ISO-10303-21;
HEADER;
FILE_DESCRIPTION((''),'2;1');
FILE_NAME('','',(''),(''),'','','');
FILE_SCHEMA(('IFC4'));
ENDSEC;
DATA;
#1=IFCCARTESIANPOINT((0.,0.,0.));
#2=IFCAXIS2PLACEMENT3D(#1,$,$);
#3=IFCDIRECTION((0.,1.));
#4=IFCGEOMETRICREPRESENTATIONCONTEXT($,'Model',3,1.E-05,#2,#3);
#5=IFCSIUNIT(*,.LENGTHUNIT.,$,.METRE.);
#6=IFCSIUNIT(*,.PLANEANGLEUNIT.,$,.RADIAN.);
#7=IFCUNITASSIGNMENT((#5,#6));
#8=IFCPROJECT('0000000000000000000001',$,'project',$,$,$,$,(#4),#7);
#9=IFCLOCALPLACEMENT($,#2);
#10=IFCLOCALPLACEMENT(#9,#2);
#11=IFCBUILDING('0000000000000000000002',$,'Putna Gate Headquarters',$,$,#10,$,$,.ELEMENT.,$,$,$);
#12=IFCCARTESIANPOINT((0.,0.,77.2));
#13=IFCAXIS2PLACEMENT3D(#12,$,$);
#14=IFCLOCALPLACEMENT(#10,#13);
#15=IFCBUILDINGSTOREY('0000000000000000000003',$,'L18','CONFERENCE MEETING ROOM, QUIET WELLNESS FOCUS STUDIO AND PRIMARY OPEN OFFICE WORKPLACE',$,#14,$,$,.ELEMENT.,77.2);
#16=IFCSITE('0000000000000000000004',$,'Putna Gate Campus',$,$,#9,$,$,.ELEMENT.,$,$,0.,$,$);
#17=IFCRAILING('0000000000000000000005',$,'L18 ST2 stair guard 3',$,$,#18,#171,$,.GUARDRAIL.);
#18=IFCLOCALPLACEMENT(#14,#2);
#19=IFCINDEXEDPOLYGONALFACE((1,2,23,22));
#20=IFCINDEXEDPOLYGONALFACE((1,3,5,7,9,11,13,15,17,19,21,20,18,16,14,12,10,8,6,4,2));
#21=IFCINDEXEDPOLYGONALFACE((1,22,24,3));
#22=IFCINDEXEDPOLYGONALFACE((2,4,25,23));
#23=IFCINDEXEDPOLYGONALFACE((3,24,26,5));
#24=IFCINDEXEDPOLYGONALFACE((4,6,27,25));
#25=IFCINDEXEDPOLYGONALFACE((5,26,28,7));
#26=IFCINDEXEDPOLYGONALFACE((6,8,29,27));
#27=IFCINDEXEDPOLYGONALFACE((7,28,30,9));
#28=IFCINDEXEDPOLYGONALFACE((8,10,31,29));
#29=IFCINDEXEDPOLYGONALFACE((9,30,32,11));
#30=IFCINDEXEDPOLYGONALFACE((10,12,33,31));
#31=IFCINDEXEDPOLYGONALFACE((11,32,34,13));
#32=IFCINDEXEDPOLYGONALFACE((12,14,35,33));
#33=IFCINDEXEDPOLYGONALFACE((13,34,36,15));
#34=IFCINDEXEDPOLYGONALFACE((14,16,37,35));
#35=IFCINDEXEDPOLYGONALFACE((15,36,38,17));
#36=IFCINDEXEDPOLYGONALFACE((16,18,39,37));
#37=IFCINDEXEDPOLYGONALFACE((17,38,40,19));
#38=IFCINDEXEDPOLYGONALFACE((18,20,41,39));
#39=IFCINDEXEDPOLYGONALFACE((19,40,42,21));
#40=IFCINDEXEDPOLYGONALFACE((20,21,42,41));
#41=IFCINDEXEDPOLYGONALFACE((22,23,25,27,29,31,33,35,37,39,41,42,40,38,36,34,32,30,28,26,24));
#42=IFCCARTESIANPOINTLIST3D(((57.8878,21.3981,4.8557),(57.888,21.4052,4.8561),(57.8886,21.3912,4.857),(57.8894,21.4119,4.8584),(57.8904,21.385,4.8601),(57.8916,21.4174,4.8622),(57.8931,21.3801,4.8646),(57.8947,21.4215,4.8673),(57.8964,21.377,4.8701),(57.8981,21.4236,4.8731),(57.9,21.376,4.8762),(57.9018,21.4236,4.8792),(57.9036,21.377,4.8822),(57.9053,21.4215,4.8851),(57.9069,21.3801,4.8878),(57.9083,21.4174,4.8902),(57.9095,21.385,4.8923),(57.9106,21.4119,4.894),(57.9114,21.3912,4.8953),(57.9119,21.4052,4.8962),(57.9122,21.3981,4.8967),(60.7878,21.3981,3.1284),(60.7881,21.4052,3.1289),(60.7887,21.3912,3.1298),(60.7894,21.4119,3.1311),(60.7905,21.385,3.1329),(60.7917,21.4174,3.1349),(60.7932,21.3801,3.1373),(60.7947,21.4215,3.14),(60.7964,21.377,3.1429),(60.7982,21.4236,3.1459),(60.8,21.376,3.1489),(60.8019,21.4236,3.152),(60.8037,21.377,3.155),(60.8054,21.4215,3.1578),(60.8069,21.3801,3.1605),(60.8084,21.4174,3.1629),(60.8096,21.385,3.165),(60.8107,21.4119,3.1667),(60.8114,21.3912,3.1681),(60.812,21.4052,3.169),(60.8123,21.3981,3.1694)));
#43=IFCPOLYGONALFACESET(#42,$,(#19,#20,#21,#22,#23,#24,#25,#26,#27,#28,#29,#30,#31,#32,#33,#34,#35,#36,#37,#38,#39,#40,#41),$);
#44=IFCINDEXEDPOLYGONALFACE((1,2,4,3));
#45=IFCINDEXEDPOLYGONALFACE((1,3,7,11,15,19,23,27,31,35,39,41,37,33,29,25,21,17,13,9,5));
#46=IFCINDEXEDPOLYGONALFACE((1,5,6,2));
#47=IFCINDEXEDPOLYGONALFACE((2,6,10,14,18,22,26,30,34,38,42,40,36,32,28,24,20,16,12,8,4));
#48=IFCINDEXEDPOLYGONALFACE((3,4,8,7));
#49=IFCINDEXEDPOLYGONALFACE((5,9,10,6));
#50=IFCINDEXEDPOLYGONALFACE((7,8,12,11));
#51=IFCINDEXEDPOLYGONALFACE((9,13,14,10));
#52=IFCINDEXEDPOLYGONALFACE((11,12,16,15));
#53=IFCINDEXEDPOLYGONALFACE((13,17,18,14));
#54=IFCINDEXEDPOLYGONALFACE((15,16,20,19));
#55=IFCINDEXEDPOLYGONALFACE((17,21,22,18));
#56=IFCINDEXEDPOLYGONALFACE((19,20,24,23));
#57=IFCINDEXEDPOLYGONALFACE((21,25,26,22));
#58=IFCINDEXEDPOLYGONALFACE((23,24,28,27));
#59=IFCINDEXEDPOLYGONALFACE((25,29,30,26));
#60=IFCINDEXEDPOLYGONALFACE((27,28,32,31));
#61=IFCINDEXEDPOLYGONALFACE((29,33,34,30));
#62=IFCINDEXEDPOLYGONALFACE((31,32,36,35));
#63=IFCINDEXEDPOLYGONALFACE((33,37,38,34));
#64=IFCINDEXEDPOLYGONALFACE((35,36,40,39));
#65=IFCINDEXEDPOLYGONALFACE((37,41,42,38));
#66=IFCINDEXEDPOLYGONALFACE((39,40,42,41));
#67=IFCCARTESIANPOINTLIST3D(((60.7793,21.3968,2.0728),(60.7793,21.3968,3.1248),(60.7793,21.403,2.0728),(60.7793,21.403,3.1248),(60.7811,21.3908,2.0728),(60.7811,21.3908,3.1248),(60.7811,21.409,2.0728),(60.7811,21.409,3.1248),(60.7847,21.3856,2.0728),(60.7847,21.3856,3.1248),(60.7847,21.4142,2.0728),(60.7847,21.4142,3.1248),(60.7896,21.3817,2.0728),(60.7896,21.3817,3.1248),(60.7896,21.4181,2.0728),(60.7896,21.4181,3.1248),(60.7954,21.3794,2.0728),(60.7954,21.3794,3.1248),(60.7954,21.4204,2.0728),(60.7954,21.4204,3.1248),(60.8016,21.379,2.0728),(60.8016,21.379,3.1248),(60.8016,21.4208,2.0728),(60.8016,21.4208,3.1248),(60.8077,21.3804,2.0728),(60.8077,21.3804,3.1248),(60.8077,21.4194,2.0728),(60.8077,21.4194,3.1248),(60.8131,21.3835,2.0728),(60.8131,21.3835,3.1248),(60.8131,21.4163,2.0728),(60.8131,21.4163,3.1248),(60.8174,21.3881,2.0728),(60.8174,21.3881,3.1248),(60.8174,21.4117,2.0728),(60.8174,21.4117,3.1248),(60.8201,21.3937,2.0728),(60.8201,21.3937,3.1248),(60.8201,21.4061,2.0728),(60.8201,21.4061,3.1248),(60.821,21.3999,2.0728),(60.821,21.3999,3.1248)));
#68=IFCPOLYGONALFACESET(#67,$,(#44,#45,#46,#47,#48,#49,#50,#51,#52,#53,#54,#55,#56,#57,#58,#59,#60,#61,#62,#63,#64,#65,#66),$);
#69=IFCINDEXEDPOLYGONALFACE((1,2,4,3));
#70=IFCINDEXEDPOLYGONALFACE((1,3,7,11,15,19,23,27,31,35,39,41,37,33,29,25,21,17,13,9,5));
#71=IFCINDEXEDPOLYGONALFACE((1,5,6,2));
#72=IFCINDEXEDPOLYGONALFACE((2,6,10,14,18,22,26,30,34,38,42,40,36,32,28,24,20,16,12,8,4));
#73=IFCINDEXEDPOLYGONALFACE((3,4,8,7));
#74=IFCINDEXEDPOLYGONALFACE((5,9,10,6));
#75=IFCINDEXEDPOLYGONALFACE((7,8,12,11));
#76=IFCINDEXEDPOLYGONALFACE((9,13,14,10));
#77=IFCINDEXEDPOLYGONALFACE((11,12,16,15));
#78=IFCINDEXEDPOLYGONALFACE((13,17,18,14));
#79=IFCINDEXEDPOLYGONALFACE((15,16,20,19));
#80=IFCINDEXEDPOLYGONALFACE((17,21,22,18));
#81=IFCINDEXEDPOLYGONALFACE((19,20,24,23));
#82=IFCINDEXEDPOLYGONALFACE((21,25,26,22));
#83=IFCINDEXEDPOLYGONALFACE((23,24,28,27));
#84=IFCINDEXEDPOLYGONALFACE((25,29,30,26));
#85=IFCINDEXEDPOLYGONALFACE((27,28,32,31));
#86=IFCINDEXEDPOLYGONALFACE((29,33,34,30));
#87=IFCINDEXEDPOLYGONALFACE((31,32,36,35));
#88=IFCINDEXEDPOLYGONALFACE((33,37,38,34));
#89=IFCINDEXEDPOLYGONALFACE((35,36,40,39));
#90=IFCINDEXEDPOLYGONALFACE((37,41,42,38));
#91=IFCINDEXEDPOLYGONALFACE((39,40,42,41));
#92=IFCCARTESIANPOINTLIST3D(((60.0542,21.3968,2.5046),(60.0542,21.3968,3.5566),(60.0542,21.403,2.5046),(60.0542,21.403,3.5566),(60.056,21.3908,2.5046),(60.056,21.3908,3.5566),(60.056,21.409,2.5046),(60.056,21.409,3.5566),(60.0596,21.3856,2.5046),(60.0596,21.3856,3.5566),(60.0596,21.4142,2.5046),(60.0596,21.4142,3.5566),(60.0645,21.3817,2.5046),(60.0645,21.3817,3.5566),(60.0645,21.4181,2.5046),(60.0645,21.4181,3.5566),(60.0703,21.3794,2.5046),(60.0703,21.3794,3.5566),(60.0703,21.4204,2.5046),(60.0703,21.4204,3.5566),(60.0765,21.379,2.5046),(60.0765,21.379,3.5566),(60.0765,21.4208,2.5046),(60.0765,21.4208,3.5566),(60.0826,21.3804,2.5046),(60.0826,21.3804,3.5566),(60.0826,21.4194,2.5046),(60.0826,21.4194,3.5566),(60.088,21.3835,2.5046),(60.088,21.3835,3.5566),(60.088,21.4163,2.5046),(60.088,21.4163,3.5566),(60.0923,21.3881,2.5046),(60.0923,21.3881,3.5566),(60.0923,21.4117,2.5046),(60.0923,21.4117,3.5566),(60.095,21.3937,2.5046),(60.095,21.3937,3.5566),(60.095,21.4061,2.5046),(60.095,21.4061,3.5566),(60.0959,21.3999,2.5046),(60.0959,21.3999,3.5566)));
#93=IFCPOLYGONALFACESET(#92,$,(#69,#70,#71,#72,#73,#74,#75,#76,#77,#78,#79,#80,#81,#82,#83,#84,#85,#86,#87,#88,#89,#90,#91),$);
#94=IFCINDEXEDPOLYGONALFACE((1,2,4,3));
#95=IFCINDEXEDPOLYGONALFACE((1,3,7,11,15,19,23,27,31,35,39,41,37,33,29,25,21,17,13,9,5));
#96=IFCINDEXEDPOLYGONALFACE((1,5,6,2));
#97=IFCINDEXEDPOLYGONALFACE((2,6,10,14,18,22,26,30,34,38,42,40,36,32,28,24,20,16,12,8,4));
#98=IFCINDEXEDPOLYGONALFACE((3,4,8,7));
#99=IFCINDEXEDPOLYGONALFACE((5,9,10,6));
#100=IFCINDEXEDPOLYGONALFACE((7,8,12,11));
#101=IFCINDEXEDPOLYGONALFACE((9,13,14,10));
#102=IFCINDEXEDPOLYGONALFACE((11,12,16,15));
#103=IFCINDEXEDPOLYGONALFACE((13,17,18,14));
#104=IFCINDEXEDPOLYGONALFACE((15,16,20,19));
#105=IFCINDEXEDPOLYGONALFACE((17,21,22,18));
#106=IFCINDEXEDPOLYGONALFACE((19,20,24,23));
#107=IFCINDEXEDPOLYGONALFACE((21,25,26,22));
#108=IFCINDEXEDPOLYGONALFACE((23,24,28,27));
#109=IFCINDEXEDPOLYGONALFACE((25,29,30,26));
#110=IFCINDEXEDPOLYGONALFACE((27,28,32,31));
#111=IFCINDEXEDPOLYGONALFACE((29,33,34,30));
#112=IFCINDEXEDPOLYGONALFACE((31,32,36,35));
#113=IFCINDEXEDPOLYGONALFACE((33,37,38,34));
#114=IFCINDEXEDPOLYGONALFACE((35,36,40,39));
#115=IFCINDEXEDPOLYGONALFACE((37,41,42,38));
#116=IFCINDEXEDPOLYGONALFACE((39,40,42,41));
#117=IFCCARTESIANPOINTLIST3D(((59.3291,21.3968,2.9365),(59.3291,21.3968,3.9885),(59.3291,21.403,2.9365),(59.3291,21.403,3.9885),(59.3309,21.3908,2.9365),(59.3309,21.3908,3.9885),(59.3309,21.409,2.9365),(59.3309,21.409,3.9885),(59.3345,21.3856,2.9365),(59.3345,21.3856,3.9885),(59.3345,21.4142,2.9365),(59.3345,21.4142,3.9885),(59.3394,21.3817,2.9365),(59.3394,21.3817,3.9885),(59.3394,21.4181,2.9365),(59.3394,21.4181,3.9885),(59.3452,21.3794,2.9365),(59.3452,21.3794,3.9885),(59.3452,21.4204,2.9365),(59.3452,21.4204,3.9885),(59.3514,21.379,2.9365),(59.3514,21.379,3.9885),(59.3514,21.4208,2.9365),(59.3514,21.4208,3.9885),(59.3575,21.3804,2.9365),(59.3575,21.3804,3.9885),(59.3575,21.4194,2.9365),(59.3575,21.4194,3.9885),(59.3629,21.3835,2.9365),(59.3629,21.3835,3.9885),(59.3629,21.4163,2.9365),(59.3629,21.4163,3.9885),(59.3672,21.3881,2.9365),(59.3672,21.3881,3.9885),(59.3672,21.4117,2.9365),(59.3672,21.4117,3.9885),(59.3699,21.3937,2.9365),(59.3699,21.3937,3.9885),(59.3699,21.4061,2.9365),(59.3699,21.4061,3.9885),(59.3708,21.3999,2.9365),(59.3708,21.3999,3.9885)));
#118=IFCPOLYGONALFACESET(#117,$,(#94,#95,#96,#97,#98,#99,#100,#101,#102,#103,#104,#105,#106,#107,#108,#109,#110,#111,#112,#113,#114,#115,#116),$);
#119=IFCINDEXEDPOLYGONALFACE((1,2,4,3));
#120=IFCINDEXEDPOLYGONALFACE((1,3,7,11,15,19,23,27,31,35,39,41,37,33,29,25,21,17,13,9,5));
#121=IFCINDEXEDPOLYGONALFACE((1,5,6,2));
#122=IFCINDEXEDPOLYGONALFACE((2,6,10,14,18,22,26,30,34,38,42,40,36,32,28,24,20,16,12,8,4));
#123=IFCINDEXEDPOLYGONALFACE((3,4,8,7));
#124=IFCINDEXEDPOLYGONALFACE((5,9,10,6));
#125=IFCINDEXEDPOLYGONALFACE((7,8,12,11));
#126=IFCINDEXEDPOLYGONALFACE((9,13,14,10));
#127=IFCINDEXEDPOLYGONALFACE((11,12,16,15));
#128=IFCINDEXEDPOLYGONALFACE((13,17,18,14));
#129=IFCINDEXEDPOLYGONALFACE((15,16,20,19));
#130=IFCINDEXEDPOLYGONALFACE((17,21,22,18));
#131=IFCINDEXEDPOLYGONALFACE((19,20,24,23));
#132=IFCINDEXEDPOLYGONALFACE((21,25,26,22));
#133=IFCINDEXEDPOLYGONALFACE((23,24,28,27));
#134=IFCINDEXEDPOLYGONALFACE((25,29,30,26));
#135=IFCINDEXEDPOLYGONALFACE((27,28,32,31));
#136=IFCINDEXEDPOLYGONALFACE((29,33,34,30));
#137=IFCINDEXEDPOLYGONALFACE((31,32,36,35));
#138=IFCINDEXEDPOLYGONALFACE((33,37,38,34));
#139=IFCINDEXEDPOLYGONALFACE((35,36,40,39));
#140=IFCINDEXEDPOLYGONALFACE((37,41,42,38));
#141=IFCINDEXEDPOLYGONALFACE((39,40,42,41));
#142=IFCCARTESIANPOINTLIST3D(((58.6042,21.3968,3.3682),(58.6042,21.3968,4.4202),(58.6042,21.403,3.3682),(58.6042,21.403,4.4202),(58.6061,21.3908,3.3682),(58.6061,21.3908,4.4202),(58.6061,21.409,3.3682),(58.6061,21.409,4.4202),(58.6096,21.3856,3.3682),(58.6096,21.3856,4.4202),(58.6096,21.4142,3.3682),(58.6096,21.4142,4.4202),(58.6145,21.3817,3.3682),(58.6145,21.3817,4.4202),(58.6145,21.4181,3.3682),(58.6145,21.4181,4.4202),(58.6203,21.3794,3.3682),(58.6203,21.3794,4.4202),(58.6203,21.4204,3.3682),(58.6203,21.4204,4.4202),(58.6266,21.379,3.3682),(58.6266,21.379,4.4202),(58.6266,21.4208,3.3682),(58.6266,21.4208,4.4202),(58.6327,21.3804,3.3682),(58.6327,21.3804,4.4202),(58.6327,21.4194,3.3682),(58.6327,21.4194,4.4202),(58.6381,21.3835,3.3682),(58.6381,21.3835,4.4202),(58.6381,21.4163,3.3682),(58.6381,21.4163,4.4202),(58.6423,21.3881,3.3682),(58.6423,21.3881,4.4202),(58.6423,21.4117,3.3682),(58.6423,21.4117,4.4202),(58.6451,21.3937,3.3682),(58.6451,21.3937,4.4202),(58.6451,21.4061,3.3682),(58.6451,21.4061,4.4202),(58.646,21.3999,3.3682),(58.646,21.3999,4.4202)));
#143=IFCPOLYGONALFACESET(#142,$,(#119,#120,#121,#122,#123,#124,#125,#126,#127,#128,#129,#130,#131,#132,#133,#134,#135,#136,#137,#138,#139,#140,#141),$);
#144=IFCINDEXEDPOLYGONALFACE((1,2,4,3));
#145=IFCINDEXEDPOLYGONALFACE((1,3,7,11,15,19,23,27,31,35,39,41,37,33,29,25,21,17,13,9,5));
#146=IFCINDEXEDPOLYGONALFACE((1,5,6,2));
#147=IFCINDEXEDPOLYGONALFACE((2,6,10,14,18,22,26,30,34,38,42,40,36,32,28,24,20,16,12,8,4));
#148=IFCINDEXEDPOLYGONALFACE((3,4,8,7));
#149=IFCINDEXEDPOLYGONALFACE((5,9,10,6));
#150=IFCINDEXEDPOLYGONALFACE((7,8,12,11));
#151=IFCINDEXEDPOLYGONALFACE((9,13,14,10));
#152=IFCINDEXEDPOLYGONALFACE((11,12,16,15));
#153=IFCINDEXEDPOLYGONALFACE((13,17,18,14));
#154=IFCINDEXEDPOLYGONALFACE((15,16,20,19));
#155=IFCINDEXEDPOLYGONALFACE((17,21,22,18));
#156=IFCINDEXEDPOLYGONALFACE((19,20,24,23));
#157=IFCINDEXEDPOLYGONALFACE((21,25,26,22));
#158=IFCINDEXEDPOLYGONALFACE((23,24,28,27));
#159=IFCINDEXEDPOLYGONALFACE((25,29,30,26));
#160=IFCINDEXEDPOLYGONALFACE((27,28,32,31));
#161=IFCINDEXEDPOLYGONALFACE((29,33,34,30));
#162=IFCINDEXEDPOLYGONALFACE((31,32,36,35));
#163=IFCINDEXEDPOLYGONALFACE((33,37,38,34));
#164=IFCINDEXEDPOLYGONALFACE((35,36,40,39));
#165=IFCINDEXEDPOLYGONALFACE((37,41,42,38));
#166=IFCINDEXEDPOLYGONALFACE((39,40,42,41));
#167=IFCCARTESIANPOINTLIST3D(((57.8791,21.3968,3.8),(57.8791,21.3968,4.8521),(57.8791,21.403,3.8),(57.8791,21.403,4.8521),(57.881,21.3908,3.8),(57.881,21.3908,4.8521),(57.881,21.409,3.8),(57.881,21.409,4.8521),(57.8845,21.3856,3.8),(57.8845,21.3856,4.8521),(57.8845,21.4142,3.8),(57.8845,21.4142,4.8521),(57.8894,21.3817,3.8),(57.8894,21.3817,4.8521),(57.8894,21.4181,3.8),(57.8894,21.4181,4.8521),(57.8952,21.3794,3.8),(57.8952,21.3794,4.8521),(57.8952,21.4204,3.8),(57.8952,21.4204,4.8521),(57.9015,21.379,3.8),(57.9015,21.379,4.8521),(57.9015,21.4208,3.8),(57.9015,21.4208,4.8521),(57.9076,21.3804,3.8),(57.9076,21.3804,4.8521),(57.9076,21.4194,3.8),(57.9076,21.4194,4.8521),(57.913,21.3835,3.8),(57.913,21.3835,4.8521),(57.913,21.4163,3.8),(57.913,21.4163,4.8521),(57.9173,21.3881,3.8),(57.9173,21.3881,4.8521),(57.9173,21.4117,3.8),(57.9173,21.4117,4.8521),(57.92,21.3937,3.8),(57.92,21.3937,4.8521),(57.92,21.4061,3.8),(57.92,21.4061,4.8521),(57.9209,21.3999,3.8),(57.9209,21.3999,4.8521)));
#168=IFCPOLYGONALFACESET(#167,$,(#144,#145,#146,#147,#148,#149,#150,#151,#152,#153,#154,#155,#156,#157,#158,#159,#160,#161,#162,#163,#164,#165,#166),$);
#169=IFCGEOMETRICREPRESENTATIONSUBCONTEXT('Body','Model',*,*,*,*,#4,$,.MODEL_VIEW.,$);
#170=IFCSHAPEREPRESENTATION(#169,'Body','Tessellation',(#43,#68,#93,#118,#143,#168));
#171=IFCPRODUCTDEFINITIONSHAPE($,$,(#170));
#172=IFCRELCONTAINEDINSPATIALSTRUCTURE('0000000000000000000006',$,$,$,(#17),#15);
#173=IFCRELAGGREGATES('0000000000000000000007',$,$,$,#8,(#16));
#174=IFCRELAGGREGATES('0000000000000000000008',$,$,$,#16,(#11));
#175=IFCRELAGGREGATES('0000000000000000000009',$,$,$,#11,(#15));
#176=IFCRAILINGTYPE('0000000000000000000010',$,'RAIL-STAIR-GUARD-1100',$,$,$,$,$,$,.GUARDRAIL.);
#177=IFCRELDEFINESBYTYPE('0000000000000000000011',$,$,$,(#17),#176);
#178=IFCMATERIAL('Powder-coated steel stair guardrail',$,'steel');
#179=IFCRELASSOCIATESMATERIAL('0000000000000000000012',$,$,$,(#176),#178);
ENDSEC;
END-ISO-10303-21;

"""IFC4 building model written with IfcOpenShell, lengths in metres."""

from ifc_helpers import new_model, si_unit, direction, frame, origin, origin_2d, place, context, subcontext, project, spatial, circle, extrude, material, type_object, element, save


model = new_model("IFC4")

# Units and contexts
model_context = context("Model", 3, precision=1e-05, world=origin(), true_north=direction((0.0, 1.0)))
body_context = subcontext(model_context, "Body", "Model", "MODEL_VIEW")
ifc_project = project(units=[si_unit("LENGTHUNIT", "METRE"), si_unit("PLANEANGLEUNIT", "RADIAN")], contexts=[model_context])

# Site, building, storey
site_placement = place(None, origin())
site = spatial("IfcSite", under=ifc_project, at=site_placement, Name="Putna Gate Campus", CompositionType="ELEMENT", RefElevation=0.0)
building_placement = place(site_placement, origin())
building = spatial("IfcBuilding", under=site, at=building_placement, Name="Putna Gate Headquarters", CompositionType="ELEMENT")
storey_placement = place(building_placement, frame((0.0, 0.0, 77.2)))
storey = spatial("IfcBuildingStorey", under=building, at=storey_placement, Name="L18", Description="CONFERENCE MEETING ROOM, QUIET WELLNESS FOCUS STUDIO AND PRIMARY OPEN OFFICE WORKPLACE", CompositionType="ELEMENT", Elevation=77.2)

# Railing
ifc_material_1 = material(Name="Powder-coated steel stair guardrail", Category="steel")
railing_type_1 = type_object("IfcRailingType", Name="RAIL-STAIR-GUARD-1100", PredefinedType="GUARDRAIL", material=ifc_material_1)
railing_1_placement = place(storey_placement, frame((60.8, 21.3999, 2.0728)))
element("IfcRailing", 1, at=railing_1_placement, inside=storey, type_object=railing_type_1, Name="L18 ST2 stair guard 3", PredefinedType="GUARDRAIL", context=body_context, shape_type="SweptSolid", body=[
    extrude(circle(Radius=0.0239, at=origin_2d()), frame((0.0, 0.0, 1.0762), z_axis=(-0.85916, 0.0, 0.511706), x_axis=(0.0, -1.0, 0.0)), (0.0, 0.0, 1.0), 3.3755),
    extrude(circle(Radius=0.021, at=origin_2d()), origin(), (0.0, 0.0, 1.0), 1.052),
    extrude(circle(Radius=0.021, at=origin_2d()), frame((-0.7251, 0.0, 0.4319)), (0.0, 0.0, 1.0), 1.052),
    extrude(circle(Radius=0.021, at=origin_2d()), frame((-1.4502, 0.0, 0.8638)), (0.0, 0.0, 1.0), 1.052),
    extrude(circle(Radius=0.021, at=origin_2d()), frame((-2.175, 0.0, 1.2954)), (0.0, 0.0, 1.0), 1.052),
    extrude(circle(Radius=0.021, at=origin_2d()), frame((-2.9001, 0.0, 1.7273)), (0.0, 0.0, 1.0), 1.052),
])

save(model, "model.ifc")
